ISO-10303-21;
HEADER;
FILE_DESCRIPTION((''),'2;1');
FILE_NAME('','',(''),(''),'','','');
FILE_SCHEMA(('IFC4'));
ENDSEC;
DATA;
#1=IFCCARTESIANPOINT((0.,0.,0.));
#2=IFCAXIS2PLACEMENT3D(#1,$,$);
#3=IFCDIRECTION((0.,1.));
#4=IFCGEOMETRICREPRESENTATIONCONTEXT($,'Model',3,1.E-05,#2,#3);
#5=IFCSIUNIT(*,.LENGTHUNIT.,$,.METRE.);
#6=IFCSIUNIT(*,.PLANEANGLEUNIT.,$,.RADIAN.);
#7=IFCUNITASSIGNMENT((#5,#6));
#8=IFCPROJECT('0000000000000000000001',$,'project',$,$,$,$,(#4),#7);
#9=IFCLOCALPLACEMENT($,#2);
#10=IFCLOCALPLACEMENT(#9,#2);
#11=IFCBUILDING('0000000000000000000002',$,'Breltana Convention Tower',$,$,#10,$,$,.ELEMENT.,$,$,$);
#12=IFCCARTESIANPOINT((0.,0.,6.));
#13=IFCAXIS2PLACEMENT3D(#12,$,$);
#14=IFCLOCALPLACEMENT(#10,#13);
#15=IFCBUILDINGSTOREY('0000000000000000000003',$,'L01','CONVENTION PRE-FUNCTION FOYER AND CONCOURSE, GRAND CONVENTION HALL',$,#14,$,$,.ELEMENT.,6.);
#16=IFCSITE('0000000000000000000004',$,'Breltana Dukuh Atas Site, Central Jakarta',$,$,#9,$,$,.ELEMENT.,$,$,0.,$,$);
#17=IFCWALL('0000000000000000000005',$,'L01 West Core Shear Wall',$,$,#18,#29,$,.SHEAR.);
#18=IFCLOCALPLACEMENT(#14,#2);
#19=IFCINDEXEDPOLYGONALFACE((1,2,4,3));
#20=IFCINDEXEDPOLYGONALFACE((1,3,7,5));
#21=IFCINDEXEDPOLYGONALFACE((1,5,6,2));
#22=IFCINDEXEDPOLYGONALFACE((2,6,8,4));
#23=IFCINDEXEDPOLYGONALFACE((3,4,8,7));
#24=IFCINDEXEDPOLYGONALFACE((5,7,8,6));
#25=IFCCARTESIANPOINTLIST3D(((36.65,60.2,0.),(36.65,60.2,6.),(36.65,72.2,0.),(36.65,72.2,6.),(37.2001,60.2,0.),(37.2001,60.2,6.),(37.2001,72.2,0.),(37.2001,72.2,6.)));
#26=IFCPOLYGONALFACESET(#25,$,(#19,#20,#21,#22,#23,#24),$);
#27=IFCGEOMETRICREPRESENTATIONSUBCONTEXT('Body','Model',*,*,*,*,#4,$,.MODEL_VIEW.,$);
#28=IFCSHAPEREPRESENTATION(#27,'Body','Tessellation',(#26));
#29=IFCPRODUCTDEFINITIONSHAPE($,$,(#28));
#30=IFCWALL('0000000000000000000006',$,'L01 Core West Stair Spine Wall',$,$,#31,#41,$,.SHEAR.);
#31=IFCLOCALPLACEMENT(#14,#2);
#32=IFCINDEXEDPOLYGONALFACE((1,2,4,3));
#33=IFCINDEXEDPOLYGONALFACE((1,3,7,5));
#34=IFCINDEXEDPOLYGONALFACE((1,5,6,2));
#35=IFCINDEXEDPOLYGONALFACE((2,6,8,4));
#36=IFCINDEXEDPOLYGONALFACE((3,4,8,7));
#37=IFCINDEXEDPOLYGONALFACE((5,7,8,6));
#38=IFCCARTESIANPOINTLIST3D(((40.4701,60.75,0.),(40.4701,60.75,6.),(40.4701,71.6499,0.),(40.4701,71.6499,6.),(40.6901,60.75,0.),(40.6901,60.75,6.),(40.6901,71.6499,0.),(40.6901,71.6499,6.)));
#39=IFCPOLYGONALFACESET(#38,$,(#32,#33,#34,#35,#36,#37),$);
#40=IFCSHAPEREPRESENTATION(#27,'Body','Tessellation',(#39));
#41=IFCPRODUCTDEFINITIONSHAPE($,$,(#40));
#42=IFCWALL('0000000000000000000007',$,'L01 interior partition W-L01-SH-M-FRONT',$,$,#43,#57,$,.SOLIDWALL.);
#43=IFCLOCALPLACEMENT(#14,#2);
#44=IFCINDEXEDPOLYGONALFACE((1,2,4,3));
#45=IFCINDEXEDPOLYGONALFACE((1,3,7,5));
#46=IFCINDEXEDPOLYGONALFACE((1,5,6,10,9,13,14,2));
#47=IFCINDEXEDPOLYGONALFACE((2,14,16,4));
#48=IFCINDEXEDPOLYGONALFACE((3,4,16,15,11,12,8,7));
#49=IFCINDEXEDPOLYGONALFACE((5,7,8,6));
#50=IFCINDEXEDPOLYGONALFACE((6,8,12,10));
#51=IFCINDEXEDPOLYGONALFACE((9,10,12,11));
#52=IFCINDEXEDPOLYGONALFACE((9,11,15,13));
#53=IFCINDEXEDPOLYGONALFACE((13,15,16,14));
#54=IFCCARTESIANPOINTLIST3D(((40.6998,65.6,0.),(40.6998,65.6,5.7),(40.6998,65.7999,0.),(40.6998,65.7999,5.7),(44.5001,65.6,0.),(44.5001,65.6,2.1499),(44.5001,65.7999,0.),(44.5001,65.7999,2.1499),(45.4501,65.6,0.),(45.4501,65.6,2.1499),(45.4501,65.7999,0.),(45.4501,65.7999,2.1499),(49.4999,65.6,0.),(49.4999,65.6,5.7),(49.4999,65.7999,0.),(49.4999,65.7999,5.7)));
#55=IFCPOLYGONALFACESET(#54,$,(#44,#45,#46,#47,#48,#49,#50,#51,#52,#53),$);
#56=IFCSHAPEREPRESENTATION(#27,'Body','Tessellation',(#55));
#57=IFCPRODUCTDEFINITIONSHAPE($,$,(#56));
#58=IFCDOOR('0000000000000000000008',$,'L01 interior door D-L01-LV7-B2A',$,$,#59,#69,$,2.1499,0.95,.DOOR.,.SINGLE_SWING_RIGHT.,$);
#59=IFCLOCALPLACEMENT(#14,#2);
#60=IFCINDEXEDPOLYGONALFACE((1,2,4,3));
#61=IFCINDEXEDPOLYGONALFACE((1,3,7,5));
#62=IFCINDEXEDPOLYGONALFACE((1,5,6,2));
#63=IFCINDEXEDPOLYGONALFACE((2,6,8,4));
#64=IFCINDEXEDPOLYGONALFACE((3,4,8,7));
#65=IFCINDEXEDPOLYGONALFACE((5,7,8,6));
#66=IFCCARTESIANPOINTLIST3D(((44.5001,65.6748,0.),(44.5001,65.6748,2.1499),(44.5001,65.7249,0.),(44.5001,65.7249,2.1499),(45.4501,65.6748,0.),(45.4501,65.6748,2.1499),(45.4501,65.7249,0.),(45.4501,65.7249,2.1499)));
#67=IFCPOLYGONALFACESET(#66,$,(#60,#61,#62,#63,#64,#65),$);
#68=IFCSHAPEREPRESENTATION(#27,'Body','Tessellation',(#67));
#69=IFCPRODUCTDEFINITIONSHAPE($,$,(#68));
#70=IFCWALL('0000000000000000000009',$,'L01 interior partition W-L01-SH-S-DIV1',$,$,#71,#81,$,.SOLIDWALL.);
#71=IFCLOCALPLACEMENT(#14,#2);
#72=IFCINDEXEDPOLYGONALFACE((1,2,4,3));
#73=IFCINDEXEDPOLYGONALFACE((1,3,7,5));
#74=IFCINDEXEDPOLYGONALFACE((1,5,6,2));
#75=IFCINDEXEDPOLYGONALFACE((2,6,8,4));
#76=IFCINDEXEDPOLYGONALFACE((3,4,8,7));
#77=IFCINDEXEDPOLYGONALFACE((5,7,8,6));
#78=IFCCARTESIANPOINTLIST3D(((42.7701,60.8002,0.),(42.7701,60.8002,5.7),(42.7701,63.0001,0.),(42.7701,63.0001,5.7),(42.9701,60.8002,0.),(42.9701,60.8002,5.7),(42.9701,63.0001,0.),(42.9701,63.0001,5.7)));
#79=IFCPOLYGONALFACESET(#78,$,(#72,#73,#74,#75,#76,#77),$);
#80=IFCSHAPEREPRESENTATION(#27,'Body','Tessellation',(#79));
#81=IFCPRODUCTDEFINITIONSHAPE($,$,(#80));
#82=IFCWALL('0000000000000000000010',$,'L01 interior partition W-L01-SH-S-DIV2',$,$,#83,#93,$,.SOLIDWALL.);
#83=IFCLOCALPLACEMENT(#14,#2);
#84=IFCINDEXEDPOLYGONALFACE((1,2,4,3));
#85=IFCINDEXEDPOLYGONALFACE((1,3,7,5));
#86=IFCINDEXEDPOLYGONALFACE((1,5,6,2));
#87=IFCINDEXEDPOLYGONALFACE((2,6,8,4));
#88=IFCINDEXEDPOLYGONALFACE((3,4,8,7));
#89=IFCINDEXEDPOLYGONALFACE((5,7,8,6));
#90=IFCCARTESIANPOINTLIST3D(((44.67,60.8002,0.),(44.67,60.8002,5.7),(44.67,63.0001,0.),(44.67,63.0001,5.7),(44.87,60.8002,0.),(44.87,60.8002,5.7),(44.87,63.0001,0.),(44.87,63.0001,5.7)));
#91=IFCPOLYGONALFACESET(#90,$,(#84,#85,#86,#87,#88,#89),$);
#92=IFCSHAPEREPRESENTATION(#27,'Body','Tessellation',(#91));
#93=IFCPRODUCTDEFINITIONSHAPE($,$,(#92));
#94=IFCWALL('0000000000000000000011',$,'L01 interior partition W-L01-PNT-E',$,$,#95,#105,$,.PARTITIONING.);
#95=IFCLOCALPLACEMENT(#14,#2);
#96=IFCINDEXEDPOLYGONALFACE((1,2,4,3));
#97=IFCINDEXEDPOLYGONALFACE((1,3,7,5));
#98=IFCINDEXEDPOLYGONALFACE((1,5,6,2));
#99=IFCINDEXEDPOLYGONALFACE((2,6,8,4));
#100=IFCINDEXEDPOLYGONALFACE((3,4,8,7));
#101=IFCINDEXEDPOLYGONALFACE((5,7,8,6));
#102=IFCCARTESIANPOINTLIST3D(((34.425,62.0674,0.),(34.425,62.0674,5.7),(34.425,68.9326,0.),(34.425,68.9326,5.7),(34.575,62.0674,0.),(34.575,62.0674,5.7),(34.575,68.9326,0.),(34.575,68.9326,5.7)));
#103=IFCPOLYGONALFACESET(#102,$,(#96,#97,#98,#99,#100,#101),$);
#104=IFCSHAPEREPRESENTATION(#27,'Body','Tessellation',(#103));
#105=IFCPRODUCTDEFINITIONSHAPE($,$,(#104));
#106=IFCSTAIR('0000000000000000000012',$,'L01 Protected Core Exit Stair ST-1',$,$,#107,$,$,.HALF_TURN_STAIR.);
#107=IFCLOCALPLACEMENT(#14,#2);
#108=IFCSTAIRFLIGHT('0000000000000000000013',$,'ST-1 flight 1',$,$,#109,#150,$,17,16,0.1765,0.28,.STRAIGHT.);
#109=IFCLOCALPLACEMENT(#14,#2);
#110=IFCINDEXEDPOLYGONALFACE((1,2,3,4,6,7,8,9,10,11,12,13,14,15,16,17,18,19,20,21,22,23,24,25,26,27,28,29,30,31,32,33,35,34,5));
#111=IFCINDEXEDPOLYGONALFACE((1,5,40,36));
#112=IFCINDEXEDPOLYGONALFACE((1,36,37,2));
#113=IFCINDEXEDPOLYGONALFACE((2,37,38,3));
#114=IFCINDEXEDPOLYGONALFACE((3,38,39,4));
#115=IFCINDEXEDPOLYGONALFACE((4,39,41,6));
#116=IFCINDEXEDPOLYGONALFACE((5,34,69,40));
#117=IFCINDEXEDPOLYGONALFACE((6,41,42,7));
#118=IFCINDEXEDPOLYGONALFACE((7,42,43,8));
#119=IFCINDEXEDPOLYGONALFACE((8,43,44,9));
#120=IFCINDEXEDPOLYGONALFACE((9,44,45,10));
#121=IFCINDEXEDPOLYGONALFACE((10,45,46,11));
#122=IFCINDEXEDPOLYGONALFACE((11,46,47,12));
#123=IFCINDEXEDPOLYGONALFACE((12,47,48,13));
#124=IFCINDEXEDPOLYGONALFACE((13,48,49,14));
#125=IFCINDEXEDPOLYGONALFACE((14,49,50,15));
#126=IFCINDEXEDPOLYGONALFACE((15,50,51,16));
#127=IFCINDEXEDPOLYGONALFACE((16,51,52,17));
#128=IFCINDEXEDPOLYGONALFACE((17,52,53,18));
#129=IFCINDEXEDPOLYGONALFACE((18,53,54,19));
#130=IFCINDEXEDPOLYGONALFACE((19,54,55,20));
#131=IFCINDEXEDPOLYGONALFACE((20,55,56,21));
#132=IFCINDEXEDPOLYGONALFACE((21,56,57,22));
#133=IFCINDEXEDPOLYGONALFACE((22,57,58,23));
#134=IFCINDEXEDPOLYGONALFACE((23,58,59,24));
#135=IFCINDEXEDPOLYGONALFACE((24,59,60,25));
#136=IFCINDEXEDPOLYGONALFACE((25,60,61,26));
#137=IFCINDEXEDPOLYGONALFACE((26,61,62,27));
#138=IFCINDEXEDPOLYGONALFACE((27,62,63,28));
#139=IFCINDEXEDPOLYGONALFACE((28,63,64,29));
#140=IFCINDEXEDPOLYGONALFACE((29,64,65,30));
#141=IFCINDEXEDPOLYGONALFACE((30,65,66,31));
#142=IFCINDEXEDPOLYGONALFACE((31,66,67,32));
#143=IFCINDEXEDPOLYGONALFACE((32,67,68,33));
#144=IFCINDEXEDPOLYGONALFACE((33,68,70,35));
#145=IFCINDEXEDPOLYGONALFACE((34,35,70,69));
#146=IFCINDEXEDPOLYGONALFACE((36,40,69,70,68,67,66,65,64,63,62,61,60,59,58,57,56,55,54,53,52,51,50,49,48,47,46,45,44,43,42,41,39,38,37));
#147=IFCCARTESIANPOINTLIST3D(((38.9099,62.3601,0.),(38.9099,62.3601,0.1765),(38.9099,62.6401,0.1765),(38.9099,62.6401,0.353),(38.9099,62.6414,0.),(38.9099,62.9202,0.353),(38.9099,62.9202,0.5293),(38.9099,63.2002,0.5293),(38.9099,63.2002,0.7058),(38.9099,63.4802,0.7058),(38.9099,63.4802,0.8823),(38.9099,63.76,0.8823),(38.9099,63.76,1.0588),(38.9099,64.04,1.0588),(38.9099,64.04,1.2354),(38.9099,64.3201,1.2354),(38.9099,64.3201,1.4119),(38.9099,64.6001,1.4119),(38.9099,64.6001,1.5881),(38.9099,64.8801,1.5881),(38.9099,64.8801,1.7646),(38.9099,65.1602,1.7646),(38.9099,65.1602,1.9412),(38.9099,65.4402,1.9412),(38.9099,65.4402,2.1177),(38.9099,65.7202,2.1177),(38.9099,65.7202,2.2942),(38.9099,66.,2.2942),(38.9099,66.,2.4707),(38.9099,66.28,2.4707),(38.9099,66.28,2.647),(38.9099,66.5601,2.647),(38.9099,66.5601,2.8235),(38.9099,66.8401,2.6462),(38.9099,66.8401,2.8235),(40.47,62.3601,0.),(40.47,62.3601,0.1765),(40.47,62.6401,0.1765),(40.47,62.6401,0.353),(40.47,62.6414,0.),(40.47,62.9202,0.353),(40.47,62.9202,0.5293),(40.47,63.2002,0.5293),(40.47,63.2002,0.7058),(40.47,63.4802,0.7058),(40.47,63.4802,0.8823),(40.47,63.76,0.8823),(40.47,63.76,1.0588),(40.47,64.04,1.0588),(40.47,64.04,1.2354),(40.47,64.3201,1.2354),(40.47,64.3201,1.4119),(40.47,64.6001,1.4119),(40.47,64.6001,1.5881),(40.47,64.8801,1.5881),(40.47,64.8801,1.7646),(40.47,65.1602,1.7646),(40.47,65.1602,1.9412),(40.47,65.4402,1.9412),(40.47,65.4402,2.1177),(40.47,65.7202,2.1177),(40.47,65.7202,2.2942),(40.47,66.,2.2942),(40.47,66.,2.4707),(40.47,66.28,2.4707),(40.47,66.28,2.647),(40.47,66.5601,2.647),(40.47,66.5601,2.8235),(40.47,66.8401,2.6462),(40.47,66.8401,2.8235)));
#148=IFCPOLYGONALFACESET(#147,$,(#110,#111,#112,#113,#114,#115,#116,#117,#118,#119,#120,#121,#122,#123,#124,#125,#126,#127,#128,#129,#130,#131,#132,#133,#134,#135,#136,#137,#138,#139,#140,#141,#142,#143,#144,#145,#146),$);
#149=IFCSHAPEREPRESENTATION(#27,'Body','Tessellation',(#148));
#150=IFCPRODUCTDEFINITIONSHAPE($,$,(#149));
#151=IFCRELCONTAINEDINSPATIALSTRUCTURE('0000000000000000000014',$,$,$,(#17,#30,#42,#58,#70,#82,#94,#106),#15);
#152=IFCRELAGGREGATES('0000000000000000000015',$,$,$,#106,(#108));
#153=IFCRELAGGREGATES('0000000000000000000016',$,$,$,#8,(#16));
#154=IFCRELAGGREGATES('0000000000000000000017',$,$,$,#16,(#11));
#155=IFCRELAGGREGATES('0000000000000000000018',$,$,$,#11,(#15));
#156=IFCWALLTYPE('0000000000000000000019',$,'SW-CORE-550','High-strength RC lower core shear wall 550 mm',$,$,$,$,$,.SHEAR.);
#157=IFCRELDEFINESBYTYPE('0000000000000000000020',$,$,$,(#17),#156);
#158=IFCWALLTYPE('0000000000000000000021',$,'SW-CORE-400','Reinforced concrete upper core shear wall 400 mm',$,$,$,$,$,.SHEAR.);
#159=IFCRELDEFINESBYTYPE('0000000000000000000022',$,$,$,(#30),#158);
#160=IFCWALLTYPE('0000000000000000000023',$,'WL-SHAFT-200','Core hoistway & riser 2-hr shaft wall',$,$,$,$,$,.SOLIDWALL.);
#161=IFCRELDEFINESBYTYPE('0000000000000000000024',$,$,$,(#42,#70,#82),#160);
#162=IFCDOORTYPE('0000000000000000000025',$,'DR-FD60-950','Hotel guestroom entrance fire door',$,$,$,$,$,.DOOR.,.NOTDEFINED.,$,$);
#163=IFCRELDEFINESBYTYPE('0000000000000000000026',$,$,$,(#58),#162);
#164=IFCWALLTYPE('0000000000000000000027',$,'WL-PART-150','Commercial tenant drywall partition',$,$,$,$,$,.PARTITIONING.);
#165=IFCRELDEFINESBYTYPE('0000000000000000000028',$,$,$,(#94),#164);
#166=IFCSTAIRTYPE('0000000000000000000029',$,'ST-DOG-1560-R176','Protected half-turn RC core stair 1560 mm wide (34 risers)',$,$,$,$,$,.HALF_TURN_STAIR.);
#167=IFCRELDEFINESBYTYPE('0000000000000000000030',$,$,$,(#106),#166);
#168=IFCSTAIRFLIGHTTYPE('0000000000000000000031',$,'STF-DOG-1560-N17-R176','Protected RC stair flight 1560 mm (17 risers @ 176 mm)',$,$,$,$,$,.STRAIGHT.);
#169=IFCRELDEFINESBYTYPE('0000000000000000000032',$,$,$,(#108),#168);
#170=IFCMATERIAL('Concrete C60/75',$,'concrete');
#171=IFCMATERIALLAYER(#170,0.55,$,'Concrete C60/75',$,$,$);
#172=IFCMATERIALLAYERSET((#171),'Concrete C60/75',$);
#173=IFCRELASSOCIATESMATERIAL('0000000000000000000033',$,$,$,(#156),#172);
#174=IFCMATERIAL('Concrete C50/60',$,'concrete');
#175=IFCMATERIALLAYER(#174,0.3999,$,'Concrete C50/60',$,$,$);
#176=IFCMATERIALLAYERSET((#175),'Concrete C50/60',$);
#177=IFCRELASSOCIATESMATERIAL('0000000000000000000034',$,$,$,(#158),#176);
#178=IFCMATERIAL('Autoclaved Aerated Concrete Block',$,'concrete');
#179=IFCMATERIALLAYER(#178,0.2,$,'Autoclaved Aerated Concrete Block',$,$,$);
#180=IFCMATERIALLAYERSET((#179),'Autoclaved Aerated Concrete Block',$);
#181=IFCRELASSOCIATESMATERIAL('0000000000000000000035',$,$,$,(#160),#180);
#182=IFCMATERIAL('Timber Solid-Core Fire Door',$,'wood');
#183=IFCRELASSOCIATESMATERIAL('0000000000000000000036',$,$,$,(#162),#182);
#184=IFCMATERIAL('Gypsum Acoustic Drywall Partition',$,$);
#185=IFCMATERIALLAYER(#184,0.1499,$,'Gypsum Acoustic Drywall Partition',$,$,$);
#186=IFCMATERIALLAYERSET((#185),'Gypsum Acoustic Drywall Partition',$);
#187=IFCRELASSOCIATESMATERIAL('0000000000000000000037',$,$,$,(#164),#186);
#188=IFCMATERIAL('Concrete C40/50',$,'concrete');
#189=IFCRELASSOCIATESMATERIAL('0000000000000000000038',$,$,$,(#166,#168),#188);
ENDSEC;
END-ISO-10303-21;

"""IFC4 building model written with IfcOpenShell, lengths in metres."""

from ifc_helpers import new_model, si_unit, direction, frame, frame_2d, origin, place, context, subcontext, project, spatial, polyline, rectangle, outline, extrude, source, transform, mapped, material, layer, layer_set, type_object, type_shapes, element, fill, aggregate, save


model = new_model("IFC4")

# Units and contexts
model_context = context("Model", 3, precision=1e-05, world=origin(), true_north=direction((0.0, 1.0)))
body_context = subcontext(model_context, "Body", "Model", "MODEL_VIEW")
ifc_project = project(units=[si_unit("LENGTHUNIT", "METRE"), si_unit("PLANEANGLEUNIT", "RADIAN")], contexts=[model_context])

# Site, building, storey
site_placement = place(None, origin())
site = spatial("IfcSite", under=ifc_project, at=site_placement, Name="Breltana Dukuh Atas Site, Central Jakarta", CompositionType="ELEMENT", RefElevation=0.0)
building_placement = place(site_placement, origin())
building = spatial("IfcBuilding", under=site, at=building_placement, Name="Breltana Convention Tower", CompositionType="ELEMENT")
storey_placement = place(building_placement, frame((0.0, 0.0, 6.0)))
storey = spatial("IfcBuildingStorey", under=building, at=storey_placement, Name="L01", Description="CONVENTION PRE-FUNCTION FOYER AND CONCOURSE, GRAND CONVENTION HALL", CompositionType="ELEMENT", Elevation=6.0)

# Wall
ifc_material_1 = material(Name="Concrete C60/75", Category="concrete")
ifc_layer_1 = layer(ifc_material_1, 0.55, Name="Concrete C60/75")
ifc_layer_set_1 = layer_set([ifc_layer_1], Name="Concrete C60/75")
wall_type_1 = type_object("IfcWallType", Name="SW-CORE-550", Description="High-strength RC lower core shear wall 550 mm", PredefinedType="SHEAR", material=ifc_layer_set_1)
shared_shape_1 = source(origin(), body_context, "Body", "SweptSolid", [
    extrude(rectangle(XDim=12.0, YDim=0.55, at=frame_2d((6.0, 0.0))), origin(), (0.0, 0.0, 1.0), 6.0),
])
wall_1_placement = place(storey_placement, frame((36.925, 60.2, 0.0), z_axis=(0.0, 0.0, 1.0), x_axis=(0.0, 1.0, 0.0)))
element("IfcWall", 1, at=wall_1_placement, inside=storey, type_object=wall_type_1, Name="L01 West Core Shear Wall", PredefinedType="SHEAR", context=body_context, shape_type="MappedRepresentation", body=[
    mapped(shared_shape_1, transform((0.0, 0.0, 0.0), scale=1.0)),
])

# Wall
ifc_material_2 = material(Name="Concrete C50/60", Category="concrete")
ifc_layer_2 = layer(ifc_material_2, 0.3999, Name="Concrete C50/60")
ifc_layer_set_2 = layer_set([ifc_layer_2], Name="Concrete C50/60")
wall_type_2 = type_object("IfcWallType", Name="SW-CORE-400", Description="Reinforced concrete upper core shear wall 400 mm", PredefinedType="SHEAR", material=ifc_layer_set_2)
shared_shape_2 = source(origin(), body_context, "Body", "SweptSolid", [
    extrude(rectangle(XDim=10.8999, YDim=0.22, at=frame_2d((5.45, 0.0))), origin(), (0.0, 0.0, 1.0), 6.0),
])
wall_2_placement = place(storey_placement, frame((40.5801, 60.75, 0.0), z_axis=(0.0, 0.0, 1.0), x_axis=(0.0, 1.0, 0.0)))
element("IfcWall", 2, at=wall_2_placement, inside=storey, type_object=wall_type_2, Name="L01 Core West Stair Spine Wall", PredefinedType="SHEAR", context=body_context, shape_type="MappedRepresentation", body=[
    mapped(shared_shape_2, transform((0.0, 0.0, 0.0), scale=1.0)),
])

# Wall, opening, door
ifc_material_3 = material(Name="Autoclaved Aerated Concrete Block", Category="concrete")
ifc_layer_3 = layer(ifc_material_3, 0.2, Name="Autoclaved Aerated Concrete Block")
ifc_layer_set_3 = layer_set([ifc_layer_3], Name="Autoclaved Aerated Concrete Block")
wall_type_3 = type_object("IfcWallType", Name="WL-SHAFT-200", Description="Core hoistway & riser 2-hr shaft wall", PredefinedType="SOLIDWALL", material=ifc_layer_set_3)
shared_shape_3 = source(origin(), body_context, "Body", "SweptSolid", [
    extrude(rectangle(XDim=8.8, YDim=0.2, at=frame_2d((4.3999, 0.0))), origin(), (0.0, 0.0, 1.0), 5.7),
])
wall_3_placement = place(storey_placement, frame((40.7, 65.7, 0.0), z_axis=(0.0, 0.0, 1.0), x_axis=(1.0, 0.0, 0.0)))
wall_3 = element("IfcWall", 3, at=wall_3_placement, inside=storey, type_object=wall_type_3, Name="L01 interior partition W-L01-SH-M-FRONT", PredefinedType="SOLIDWALL", context=body_context, shape_type="MappedRepresentation", body=[
    mapped(shared_shape_3, transform((0.0, 0.0, 0.0), scale=1.0)),
])
opening_1_placement = place(wall_3_placement, frame((3.8, 0.0, 0.0)))
opening_1 = element("IfcOpeningElement", 4, at=opening_1_placement, cuts=wall_3, PredefinedType="OPENING", context=body_context, shape_type="SweptSolid", body=[
    extrude(rectangle(XDim=0.95, YDim=2.1499, at=frame_2d((0.4751, 1.075))), frame((0.0, 0.1099, 0.0), z_axis=(0.0, -1.0, 0.0), x_axis=(1.0, 0.0, 0.0)), (0.0, 0.0, 1.0), 0.22),
])
ifc_material_4 = material(Name="Timber Solid-Core Fire Door", Category="wood")
door_type_1 = type_object("IfcDoorType", Name="DR-FD60-950", Description="Hotel guestroom entrance fire door", OperationType="NOTDEFINED", PredefinedType="DOOR", material=ifc_material_4)
shared_shape_4 = source(origin(), body_context, "Body", "SweptSolid", [
    extrude(rectangle(XDim=0.95, YDim=2.1499, at=frame_2d((0.4751, 1.075))), frame((0.0, 0.0249, 0.0), z_axis=(0.0, -1.0, 0.0), x_axis=(1.0, 0.0, 0.0)), (0.0, 0.0, 1.0), 0.05),
])
type_shapes(door_type_1, [shared_shape_4])
door_1_placement = place(opening_1_placement, origin())
door_1 = element("IfcDoor", 5, at=door_1_placement, inside=storey, type_object=door_type_1, Name="L01 interior door D-L01-LV7-B2A", OperationType="SINGLE_SWING_RIGHT", OverallHeight=2.1499, OverallWidth=0.95, PredefinedType="DOOR", context=body_context, shape_type="MappedRepresentation", body=[
    mapped(shared_shape_4, transform((0.0, 0.0, 0.0), scale=1.0)),
])
fill(opening_1, door_1)

# Walls
shared_shape_5 = source(origin(), body_context, "Body", "SweptSolid", [
    extrude(rectangle(XDim=2.2, YDim=0.2, at=frame_2d((1.1001, 0.0))), origin(), (0.0, 0.0, 1.0), 5.7),
])
for number, where, z_axis, x_axis, name in (
    (6, (42.8701, 60.8, 0.0), (0.0, 0.0, 1.0), (0.0, 1.0, 0.0), "L01 interior partition W-L01-SH-S-DIV1"),
    (7, (44.77, 60.8, 0.0), (0.0, 0.0, 1.0), (0.0, 1.0, 0.0), "L01 interior partition W-L01-SH-S-DIV2"),
):
    element("IfcWall", number, at=place(storey_placement, frame(where, z_axis=z_axis, x_axis=x_axis)), inside=storey, type_object=wall_type_3, Name=name, PredefinedType="SOLIDWALL", context=body_context, shape_type="MappedRepresentation", body=[
        mapped(shared_shape_5, transform((0.0, 0.0, 0.0), scale=1.0)),
    ])
ifc_material_5 = material(Name="Gypsum Acoustic Drywall Partition")
ifc_layer_4 = layer(ifc_material_5, 0.1499, Name="Gypsum Acoustic Drywall Partition")
ifc_layer_set_4 = layer_set([ifc_layer_4], Name="Gypsum Acoustic Drywall Partition")
wall_type_4 = type_object("IfcWallType", Name="WL-PART-150", Description="Commercial tenant drywall partition", PredefinedType="PARTITIONING", material=ifc_layer_set_4)
shared_shape_6 = source(origin(), body_context, "Body", "SweptSolid", [
    extrude(rectangle(XDim=6.8652, YDim=0.1499, at=frame_2d((3.4326, 0.0))), origin(), (0.0, 0.0, 1.0), 5.7),
])
wall_4_placement = place(storey_placement, frame((34.5, 62.0674, 0.0), z_axis=(0.0, 0.0, 1.0), x_axis=(0.0, 1.0, 0.0)))
element("IfcWall", 8, at=wall_4_placement, inside=storey, type_object=wall_type_4, Name="L01 interior partition W-L01-PNT-E", PredefinedType="PARTITIONING", context=body_context, shape_type="MappedRepresentation", body=[
    mapped(shared_shape_6, transform((0.0, 0.0, 0.0), scale=1.0)),
])

# Stair, stair flight
ifc_material_6 = material(Name="Concrete C40/50", Category="concrete")
stair_type = type_object("IfcStairType", Name="ST-DOG-1560-R176", Description="Protected half-turn RC core stair 1560 mm wide (34 risers)", PredefinedType="HALF_TURN_STAIR", material=ifc_material_6)
stair_placement = place(storey_placement, origin())
stair = element("IfcStair", 9, at=stair_placement, inside=storey, type_object=stair_type, Name="L01 Protected Core Exit Stair ST-1", PredefinedType="HALF_TURN_STAIR")
stair_flight_type = type_object("IfcStairFlightType", Name="STF-DOG-1560-N17-R176", Description="Protected RC stair flight 1560 mm (17 risers @ 176 mm)", PredefinedType="STRAIGHT", material=ifc_material_6)
stair_flight_placement = place(storey_placement, frame((39.6899, 62.3601, 0.0), z_axis=(0.0, 0.0, 1.0), x_axis=(0.0, 1.0, 0.0)))
stair_flight = element("IfcStairFlight", 10, at=stair_flight_placement, type_object=stair_flight_type, Name="ST-1 flight 1", NumberOfRisers=17, NumberOfTreads=16, PredefinedType="STRAIGHT", RiserHeight=0.1765, TreadLength=0.28, context=body_context, shape_type="SweptSolid", body=[
    extrude(outline(polyline([(0.0, 0.0), (0.0, 0.1765), (0.28, 0.1765), (0.28, 0.353), (0.5601, 0.353), (0.5601, 0.5293), (0.8401, 0.5293), (0.8401, 0.7058), (1.1201, 0.7058), (1.1201, 0.8823), (1.3999, 0.8823), (1.3999, 1.0588), (1.6799, 1.0588), (1.6799, 1.2354), (1.96, 1.2354), (1.96, 1.4119), (2.24, 1.4119), (2.24, 1.5881), (2.52, 1.5881), (2.52, 1.7646), (2.8, 1.7646), (2.8, 1.9412), (3.0801, 1.9412), (3.0801, 2.1177), (3.3601, 2.1177), (3.3601, 2.2942), (3.6399, 2.2942), (3.6399, 2.4707), (3.9199, 2.4707), (3.9199, 2.647), (4.2, 2.647), (4.2, 2.8235), (4.48, 2.8235), (4.48, 3.0), (4.48, 2.6462), (0.2812, 0.0), (0.0, 0.0)])), frame((0.0, 0.78, 0.0), z_axis=(0.0, -1.0, 0.0), x_axis=(1.0, 0.0, 0.0)), (0.0, 0.0, 1.0), 1.5601),
])
aggregate(stair, [stair_flight])

save(model, "model.ifc")
